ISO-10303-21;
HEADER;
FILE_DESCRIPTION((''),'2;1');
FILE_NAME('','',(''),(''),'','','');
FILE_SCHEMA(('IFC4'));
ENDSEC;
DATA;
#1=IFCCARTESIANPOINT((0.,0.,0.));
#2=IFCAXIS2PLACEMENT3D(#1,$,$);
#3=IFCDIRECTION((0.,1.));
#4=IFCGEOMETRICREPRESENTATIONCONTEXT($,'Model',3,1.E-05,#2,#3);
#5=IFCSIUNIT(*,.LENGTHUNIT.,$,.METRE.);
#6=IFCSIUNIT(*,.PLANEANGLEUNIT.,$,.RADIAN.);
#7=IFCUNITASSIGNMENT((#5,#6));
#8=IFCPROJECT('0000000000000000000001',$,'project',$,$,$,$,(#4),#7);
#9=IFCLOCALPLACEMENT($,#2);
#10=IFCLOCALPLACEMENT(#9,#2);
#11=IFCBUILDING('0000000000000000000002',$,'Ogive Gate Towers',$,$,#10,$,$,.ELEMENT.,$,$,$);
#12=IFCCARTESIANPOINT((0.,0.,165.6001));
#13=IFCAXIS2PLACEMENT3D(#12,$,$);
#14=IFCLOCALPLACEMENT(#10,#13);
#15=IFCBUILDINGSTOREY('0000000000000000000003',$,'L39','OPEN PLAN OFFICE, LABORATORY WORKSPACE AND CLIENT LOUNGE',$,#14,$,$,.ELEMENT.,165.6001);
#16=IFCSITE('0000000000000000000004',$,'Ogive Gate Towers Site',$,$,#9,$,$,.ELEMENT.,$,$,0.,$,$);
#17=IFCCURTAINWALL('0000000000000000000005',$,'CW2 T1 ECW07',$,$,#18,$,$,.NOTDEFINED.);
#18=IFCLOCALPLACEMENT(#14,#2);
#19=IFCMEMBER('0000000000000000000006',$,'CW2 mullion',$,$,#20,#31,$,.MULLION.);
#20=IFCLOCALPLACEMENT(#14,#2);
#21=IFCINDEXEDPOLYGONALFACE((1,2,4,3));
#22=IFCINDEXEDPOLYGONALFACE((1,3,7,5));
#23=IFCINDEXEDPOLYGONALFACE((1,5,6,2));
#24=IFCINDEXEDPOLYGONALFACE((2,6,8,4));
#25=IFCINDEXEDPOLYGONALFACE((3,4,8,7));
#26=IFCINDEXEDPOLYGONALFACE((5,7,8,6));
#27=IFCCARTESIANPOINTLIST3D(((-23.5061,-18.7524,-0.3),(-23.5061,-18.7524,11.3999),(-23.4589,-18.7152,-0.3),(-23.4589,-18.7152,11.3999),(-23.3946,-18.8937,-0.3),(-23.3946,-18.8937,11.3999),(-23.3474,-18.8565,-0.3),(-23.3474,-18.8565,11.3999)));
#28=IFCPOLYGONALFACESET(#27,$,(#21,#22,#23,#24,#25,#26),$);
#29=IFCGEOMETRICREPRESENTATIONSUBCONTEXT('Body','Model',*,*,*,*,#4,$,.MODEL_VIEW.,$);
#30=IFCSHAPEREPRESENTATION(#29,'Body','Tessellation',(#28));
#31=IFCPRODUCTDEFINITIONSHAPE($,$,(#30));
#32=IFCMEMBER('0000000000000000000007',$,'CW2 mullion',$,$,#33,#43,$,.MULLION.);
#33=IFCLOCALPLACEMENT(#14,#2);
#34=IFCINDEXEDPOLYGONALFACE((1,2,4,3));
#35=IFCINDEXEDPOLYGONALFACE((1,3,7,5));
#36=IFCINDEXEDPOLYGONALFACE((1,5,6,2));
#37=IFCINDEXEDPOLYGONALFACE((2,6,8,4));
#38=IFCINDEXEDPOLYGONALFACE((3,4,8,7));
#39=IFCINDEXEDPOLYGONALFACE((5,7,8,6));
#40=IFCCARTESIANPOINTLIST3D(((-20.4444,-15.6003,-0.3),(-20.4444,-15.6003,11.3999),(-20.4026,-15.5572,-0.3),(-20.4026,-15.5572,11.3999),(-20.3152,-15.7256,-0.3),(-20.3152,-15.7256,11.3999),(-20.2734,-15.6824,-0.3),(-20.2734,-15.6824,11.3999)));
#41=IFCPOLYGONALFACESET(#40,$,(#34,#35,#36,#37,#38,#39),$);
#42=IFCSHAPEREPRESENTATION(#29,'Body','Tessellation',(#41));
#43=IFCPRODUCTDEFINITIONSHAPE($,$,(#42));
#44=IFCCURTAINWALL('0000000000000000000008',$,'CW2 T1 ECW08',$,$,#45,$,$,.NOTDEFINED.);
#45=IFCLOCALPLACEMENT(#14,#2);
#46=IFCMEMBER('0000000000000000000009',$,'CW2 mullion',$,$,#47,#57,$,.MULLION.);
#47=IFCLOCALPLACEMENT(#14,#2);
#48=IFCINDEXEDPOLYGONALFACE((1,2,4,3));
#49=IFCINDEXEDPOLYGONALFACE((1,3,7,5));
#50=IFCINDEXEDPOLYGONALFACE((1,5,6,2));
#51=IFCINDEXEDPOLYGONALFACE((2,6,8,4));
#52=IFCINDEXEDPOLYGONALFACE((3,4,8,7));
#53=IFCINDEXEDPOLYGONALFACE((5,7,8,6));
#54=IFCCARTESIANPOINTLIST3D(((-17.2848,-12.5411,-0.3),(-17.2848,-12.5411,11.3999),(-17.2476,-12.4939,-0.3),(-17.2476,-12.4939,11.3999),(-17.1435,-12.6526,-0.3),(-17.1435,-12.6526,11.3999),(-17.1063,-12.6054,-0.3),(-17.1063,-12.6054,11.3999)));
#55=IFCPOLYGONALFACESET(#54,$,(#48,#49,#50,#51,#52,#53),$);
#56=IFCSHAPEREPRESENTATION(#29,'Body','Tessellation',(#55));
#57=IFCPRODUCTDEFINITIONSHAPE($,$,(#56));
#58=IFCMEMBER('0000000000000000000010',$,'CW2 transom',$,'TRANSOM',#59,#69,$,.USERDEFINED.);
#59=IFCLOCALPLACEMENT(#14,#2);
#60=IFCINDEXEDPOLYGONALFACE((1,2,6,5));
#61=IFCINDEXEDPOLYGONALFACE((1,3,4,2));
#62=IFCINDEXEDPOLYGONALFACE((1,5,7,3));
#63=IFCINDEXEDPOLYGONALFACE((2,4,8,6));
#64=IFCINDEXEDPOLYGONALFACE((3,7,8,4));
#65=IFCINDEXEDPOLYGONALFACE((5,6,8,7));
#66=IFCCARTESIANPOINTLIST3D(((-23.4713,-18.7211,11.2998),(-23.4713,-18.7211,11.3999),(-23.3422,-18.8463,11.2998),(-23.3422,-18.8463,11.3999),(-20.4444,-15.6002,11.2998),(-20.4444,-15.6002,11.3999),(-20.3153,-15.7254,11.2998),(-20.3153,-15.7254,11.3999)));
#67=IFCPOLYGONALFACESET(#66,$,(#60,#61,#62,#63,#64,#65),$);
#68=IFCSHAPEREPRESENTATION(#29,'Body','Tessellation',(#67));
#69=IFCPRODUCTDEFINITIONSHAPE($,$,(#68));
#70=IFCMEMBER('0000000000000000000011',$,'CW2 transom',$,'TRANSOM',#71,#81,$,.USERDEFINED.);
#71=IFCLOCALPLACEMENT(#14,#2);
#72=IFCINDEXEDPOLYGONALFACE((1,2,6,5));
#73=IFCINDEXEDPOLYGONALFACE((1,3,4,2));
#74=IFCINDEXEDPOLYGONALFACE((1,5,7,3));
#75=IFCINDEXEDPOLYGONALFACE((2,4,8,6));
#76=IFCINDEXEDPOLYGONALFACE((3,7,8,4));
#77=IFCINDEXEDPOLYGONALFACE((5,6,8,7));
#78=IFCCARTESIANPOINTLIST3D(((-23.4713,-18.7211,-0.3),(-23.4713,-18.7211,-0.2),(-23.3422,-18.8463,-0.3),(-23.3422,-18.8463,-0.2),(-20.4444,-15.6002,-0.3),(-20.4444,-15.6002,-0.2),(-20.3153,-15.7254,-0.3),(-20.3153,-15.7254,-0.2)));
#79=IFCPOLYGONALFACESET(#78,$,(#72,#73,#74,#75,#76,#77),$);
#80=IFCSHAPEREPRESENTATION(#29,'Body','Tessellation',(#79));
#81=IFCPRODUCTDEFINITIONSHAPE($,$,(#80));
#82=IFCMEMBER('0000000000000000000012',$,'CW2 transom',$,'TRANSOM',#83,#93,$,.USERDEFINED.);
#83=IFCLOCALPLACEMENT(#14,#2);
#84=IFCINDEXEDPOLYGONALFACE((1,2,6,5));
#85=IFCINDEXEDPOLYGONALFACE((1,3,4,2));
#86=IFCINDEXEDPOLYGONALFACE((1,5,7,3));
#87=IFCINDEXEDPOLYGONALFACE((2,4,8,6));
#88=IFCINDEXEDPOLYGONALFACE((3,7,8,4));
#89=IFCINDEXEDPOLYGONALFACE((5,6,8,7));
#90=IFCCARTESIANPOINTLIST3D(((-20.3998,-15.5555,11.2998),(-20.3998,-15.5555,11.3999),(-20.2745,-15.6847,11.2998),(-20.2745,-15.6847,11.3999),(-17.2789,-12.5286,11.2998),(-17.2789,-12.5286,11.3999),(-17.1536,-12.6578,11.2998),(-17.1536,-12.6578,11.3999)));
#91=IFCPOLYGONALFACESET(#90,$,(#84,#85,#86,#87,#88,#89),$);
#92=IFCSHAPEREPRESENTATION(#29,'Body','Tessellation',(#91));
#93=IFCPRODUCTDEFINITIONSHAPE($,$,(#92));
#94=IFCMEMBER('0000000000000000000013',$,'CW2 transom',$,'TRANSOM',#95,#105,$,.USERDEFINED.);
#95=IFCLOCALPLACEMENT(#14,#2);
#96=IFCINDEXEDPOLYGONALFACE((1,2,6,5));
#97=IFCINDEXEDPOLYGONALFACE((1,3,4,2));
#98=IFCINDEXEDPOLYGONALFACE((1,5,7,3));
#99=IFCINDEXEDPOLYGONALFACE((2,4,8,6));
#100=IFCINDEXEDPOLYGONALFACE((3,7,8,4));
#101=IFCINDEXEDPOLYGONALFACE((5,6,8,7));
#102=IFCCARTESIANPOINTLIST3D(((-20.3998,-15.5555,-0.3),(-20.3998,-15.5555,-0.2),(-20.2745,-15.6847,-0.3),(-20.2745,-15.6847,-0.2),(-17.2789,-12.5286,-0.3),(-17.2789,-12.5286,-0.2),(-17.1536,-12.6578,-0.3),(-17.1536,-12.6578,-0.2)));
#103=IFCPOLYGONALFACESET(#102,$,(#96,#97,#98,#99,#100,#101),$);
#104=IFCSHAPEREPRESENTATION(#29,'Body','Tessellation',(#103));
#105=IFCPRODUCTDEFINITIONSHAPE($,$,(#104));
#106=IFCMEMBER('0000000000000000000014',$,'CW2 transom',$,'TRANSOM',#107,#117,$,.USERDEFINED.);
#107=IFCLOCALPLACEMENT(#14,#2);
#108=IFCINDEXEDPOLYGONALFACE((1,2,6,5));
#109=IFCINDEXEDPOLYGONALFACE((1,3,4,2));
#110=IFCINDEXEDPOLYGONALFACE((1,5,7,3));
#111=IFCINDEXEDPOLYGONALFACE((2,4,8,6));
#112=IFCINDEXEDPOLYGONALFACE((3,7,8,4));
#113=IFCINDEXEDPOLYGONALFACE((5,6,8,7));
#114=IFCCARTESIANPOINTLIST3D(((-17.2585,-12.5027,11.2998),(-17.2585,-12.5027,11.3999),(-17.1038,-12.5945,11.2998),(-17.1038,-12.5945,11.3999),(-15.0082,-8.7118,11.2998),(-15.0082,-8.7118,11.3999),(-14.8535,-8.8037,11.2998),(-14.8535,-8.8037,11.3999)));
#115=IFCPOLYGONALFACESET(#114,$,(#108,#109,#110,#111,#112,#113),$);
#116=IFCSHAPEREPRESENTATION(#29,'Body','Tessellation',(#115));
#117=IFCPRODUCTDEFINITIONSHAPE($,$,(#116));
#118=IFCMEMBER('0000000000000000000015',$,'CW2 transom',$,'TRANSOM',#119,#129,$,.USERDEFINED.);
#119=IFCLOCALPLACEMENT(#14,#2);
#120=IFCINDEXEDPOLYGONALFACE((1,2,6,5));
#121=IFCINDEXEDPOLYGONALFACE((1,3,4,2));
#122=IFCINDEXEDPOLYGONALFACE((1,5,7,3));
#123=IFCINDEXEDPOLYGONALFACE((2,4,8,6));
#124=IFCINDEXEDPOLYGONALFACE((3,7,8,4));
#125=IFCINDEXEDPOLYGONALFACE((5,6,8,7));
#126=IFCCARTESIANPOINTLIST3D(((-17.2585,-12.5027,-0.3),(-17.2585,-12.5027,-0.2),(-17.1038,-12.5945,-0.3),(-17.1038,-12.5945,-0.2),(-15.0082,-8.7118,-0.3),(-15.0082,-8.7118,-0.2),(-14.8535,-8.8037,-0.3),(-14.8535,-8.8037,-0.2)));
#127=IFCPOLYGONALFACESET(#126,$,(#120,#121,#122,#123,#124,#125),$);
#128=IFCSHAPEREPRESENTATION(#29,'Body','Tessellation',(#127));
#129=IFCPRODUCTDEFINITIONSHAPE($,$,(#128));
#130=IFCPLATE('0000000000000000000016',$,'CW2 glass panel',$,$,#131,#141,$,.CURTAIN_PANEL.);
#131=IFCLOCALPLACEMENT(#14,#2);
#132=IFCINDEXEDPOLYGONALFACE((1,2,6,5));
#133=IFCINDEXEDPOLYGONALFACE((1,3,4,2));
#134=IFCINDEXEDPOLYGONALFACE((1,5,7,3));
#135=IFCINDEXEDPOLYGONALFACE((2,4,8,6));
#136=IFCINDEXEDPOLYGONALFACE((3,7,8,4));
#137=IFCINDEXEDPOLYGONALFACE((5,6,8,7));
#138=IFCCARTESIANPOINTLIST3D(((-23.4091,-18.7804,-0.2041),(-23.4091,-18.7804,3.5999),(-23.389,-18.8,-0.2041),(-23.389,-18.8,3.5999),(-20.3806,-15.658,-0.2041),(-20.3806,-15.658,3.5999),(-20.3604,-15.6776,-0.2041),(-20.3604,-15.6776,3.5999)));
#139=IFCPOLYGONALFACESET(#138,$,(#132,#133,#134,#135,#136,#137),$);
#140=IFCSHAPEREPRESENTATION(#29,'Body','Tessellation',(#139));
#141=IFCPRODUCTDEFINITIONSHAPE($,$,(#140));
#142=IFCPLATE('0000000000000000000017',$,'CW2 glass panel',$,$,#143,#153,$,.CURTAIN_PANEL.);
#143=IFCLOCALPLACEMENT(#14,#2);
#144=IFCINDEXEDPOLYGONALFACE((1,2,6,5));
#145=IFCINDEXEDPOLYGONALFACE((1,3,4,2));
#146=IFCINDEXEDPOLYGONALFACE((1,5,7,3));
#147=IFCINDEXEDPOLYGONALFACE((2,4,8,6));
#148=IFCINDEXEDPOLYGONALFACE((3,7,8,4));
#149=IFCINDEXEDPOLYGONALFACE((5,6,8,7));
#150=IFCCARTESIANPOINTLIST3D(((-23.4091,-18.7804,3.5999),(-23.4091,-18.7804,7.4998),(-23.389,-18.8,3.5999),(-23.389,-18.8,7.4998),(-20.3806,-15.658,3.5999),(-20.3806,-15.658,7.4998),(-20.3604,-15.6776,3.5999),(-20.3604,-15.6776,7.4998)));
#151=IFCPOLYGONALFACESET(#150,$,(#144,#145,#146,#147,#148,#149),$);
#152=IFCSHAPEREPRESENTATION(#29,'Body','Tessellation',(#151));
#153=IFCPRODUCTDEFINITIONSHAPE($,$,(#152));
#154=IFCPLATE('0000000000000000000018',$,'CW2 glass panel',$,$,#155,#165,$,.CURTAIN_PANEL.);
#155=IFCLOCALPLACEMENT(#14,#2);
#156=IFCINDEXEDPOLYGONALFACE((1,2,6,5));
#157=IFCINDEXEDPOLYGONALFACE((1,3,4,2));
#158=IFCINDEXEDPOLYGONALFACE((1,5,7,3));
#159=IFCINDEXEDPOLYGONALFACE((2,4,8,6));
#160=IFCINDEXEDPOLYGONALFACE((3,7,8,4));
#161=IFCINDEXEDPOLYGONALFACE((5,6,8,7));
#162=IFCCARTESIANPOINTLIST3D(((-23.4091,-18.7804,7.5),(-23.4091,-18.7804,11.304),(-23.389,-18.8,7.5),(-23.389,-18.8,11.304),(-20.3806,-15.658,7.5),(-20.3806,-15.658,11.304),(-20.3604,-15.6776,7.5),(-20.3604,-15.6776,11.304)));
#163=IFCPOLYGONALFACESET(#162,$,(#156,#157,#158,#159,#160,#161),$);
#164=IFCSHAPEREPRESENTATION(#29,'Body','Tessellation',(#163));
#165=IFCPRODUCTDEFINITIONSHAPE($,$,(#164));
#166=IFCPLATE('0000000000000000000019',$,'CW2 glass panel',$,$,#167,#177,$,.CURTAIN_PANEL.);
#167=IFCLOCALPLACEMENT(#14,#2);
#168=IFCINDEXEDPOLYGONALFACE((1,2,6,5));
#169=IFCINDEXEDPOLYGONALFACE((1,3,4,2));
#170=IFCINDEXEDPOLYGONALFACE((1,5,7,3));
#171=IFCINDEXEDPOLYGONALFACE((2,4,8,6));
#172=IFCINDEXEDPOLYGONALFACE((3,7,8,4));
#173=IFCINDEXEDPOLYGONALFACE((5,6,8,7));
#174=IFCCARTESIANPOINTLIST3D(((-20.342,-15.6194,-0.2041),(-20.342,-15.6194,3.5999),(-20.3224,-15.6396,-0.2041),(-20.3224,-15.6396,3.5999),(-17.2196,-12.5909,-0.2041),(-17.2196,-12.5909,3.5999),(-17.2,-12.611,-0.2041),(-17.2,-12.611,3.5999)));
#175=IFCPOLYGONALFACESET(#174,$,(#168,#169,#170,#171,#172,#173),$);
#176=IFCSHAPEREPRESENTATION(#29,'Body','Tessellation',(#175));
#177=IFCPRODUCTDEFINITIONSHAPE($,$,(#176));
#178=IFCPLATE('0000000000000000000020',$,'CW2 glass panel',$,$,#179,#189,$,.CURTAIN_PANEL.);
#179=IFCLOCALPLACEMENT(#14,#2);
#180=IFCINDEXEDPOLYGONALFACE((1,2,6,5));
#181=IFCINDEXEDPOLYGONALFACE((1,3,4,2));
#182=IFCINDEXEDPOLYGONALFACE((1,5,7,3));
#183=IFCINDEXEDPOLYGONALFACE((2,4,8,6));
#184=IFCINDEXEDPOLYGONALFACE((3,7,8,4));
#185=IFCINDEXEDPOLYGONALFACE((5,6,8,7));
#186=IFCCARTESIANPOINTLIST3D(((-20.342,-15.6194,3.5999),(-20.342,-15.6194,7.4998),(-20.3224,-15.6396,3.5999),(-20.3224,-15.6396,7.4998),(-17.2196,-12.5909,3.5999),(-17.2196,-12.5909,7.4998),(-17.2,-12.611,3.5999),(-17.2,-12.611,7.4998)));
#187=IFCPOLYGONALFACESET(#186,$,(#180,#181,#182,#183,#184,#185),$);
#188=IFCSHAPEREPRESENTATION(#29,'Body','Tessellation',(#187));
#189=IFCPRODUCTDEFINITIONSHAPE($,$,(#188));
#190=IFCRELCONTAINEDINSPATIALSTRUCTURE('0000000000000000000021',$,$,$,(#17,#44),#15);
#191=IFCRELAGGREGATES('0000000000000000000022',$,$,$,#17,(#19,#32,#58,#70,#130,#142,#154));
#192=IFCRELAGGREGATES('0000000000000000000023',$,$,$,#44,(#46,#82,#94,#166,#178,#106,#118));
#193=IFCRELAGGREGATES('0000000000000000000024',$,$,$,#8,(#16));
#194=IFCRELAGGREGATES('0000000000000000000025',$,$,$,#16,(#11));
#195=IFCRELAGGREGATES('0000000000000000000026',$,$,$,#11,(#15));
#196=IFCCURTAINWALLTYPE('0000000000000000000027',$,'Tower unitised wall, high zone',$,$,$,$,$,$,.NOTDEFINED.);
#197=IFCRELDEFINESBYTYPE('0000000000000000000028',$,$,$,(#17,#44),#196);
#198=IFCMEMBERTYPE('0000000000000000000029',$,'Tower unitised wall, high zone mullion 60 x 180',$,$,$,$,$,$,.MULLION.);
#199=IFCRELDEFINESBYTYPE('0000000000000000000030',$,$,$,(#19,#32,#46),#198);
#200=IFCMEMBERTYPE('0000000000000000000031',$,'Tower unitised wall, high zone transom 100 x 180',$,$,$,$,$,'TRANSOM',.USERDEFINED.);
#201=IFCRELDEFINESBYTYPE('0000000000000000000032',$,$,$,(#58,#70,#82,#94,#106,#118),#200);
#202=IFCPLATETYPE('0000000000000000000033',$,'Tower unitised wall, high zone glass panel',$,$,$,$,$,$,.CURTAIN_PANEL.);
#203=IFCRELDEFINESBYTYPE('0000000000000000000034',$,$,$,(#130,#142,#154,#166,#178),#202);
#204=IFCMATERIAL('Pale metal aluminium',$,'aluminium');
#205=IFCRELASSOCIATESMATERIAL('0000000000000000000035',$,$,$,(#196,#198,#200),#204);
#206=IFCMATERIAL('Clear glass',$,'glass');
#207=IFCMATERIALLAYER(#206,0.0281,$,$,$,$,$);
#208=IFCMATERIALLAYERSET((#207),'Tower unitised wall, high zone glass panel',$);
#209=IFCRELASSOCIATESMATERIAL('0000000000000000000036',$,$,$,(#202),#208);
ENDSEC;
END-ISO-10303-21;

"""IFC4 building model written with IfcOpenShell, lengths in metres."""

from ifc_helpers import new_model, si_unit, direction, frame, origin, origin_2d, place, context, subcontext, project, spatial, rectangle, extrude, material, layer, layer_set, material_profile, profile_set, type_object, element, aggregate, save


model = new_model("IFC4")

# Units and contexts
model_context = context("Model", 3, precision=1e-05, world=origin(), true_north=direction((0.0, 1.0)))
body_context = subcontext(model_context, "Body", "Model", "MODEL_VIEW")
ifc_project = project(units=[si_unit("LENGTHUNIT", "METRE"), si_unit("PLANEANGLEUNIT", "RADIAN")], contexts=[model_context])

# Site, building, storey
site_placement = place(None, origin())
site = spatial("IfcSite", under=ifc_project, at=site_placement, Name="Ogive Gate Towers Site", CompositionType="ELEMENT", RefElevation=0.0)
building_placement = place(site_placement, origin())
building = spatial("IfcBuilding", under=site, at=building_placement, Name="Ogive Gate Towers", CompositionType="ELEMENT")
storey_placement = place(building_placement, frame((0.0, 0.0, 165.6001)))
storey = spatial("IfcBuildingStorey", under=building, at=storey_placement, Name="L39", Description="OPEN PLAN OFFICE, LABORATORY WORKSPACE AND CLIENT LOUNGE", CompositionType="ELEMENT", Elevation=165.6001)

# Curtain wall, members
ifc_material_1 = material(Name="Pale metal aluminium", Category="aluminium")
curtain_wall_type = type_object("IfcCurtainWallType", Name="Tower unitised wall, high zone", PredefinedType="NOTDEFINED", material=ifc_material_1)
curtain_wall_1_placement = place(storey_placement, origin())
curtain_wall_1 = element("IfcCurtainWall", 1, at=curtain_wall_1_placement, inside=storey, type_object=curtain_wall_type, Name="CW2 T1 ECW07", PredefinedType="NOTDEFINED")
ifc_material_profile_1 = material_profile(ifc_material_1, rectangle(XDim=0.1799, YDim=0.0601, at=origin_2d()), Name="60 x 180 aluminium box")
ifc_profile_set_1 = profile_set([ifc_material_profile_1], Name="Pale metal aluminium")
member_type_1 = type_object("IfcMemberType", Name="Tower unitised wall, high zone mullion 60 x 180", PredefinedType="MULLION", material=ifc_profile_set_1)
member_1_placement = place(storey_placement, frame((-23.4268, -18.8044, -0.3), z_axis=(0.0, 0.0, 1.0), x_axis=(0.61956, -0.784949, 0.0)))
member_1 = element("IfcMember", 2, at=member_1_placement, type_object=member_type_1, Name="CW2 mullion", PredefinedType="MULLION", context=body_context, shape_type="SweptSolid", body=[
    extrude(rectangle(XDim=0.1799, YDim=0.0601, at=origin_2d()), origin(), (0.0, 0.0, 1.0), 11.7),
])
member_2_placement = place(storey_placement, frame((-20.3589, -15.6414, -0.3), z_axis=(0.0, 0.0, 1.0), x_axis=(0.71781, -0.696239, 0.0)))
member_2 = element("IfcMember", 3, at=member_2_placement, type_object=member_type_1, Name="CW2 mullion", PredefinedType="MULLION", context=body_context, shape_type="SweptSolid", body=[
    extrude(rectangle(XDim=0.1799, YDim=0.0601, at=origin_2d()), origin(), (0.0, 0.0, 1.0), 11.7),
])

# Curtain wall, member
curtain_wall_2_placement = place(storey_placement, origin())
curtain_wall_2 = element("IfcCurtainWall", 4, at=curtain_wall_2_placement, inside=storey, type_object=curtain_wall_type, Name="CW2 T1 ECW08", PredefinedType="NOTDEFINED")
member_3_placement = place(storey_placement, frame((-17.1956, -12.5732, -0.3), z_axis=(0.0, 0.0, 1.0), x_axis=(0.784949, -0.61956, 0.0)))
member_3 = element("IfcMember", 5, at=member_3_placement, type_object=member_type_1, Name="CW2 mullion", PredefinedType="MULLION", context=body_context, shape_type="SweptSolid", body=[
    extrude(rectangle(XDim=0.1799, YDim=0.0601, at=origin_2d()), origin(), (0.0, 0.0, 1.0), 11.7),
])

# Members
ifc_material_profile_2 = material_profile(ifc_material_1, rectangle(XDim=0.1799, YDim=0.1001, at=origin_2d()), Name="100 x 180 aluminium box")
ifc_profile_set_2 = profile_set([ifc_material_profile_2], Name="Pale metal aluminium")
member_type_2 = type_object("IfcMemberType", Name="Tower unitised wall, high zone transom 100 x 180", ElementType="TRANSOM", PredefinedType="USERDEFINED", material=ifc_profile_set_2)
member_4_placement = place(storey_placement, frame((-23.4067, -18.7837, 11.3499), z_axis=(0.696214, 0.717834, 0.0), x_axis=(-0.717834, 0.696214, 0.0)))
member_4 = element("IfcMember", 6, at=member_4_placement, type_object=member_type_2, Name="CW2 transom", ObjectType="TRANSOM", PredefinedType="USERDEFINED", context=body_context, shape_type="SweptSolid", body=[
    extrude(rectangle(XDim=0.1799, YDim=0.1001, at=origin_2d()), origin(), (0.0, 0.0, 1.0), 4.3477),
])
member_5_placement = place(storey_placement, frame((-23.4067, -18.7837, -0.25), z_axis=(0.696214, 0.717834, 0.0), x_axis=(-0.717834, 0.696214, 0.0)))
member_5 = element("IfcMember", 7, at=member_5_placement, type_object=member_type_2, Name="CW2 transom", ObjectType="TRANSOM", PredefinedType="USERDEFINED", context=body_context, shape_type="SweptSolid", body=[
    extrude(rectangle(XDim=0.1799, YDim=0.1001, at=origin_2d()), origin(), (0.0, 0.0, 1.0), 4.3477),
])
member_6_placement = place(storey_placement, frame((-20.3372, -15.6201, 11.3499), z_axis=(0.717834, 0.696214, 0.0), x_axis=(-0.696214, 0.717834, 0.0)))
member_6 = element("IfcMember", 8, at=member_6_placement, type_object=member_type_2, Name="CW2 transom", ObjectType="TRANSOM", PredefinedType="USERDEFINED", context=body_context, shape_type="SweptSolid", body=[
    extrude(rectangle(XDim=0.1799, YDim=0.1001, at=origin_2d()), origin(), (0.0, 0.0, 1.0), 4.3477),
])
member_7_placement = place(storey_placement, frame((-20.3372, -15.6201, -0.25), z_axis=(0.717834, 0.696214, 0.0), x_axis=(-0.696214, 0.717834, 0.0)))
member_7 = element("IfcMember", 9, at=member_7_placement, type_object=member_type_2, Name="CW2 transom", ObjectType="TRANSOM", PredefinedType="USERDEFINED", context=body_context, shape_type="SweptSolid", body=[
    extrude(rectangle(XDim=0.1799, YDim=0.1001, at=origin_2d()), origin(), (0.0, 0.0, 1.0), 4.3477),
])
member_8_placement = place(storey_placement, frame((-17.1812, -12.5486, 11.3499), z_axis=(0.51045, 0.859907, 0.0), x_axis=(-0.859907, 0.51045, 0.0)))
member_8 = element("IfcMember", 10, at=member_8_placement, type_object=member_type_2, Name="CW2 transom", ObjectType="TRANSOM", PredefinedType="USERDEFINED", context=body_context, shape_type="SweptSolid", body=[
    extrude(rectangle(XDim=0.1799, YDim=0.1001, at=origin_2d()), origin(), (0.0, 0.0, 1.0), 4.4084),
])
member_9_placement = place(storey_placement, frame((-17.1812, -12.5486, -0.25), z_axis=(0.51045, 0.859907, 0.0), x_axis=(-0.859907, 0.51045, 0.0)))
member_9 = element("IfcMember", 11, at=member_9_placement, type_object=member_type_2, Name="CW2 transom", ObjectType="TRANSOM", PredefinedType="USERDEFINED", context=body_context, shape_type="SweptSolid", body=[
    extrude(rectangle(XDim=0.1799, YDim=0.1001, at=origin_2d()), origin(), (0.0, 0.0, 1.0), 4.4084),
])

# Plates
ifc_material_2 = material(Name="Clear glass", Category="glass")
ifc_layer_1 = layer(ifc_material_2, 0.0281)
ifc_layer_set_1 = layer_set([ifc_layer_1], Name="Tower unitised wall, high zone glass panel")
plate_type = type_object("IfcPlateType", Name="Tower unitised wall, high zone glass panel", PredefinedType="CURTAIN_PANEL", material=ifc_layer_set_1)
plate_1_placement = place(storey_placement, frame((-21.8848, -17.229, -0.2041), z_axis=(0.0, 0.0, 1.0), x_axis=(0.696239, 0.71781, 0.0)))
plate_1 = element("IfcPlate", 12, at=plate_1_placement, type_object=plate_type, Name="CW2 glass panel", PredefinedType="CURTAIN_PANEL", context=body_context, shape_type="SweptSolid", body=[
    extrude(rectangle(XDim=4.3499, YDim=0.0281, at=origin_2d()), origin(), (0.0, 0.0, 1.0), 3.804),
])
plate_2_placement = place(storey_placement, frame((-21.8848, -17.229, 3.5999), z_axis=(0.0, 0.0, 1.0), x_axis=(0.696239, 0.71781, 0.0)))
plate_2 = element("IfcPlate", 13, at=plate_2_placement, type_object=plate_type, Name="CW2 glass panel", PredefinedType="CURTAIN_PANEL", context=body_context, shape_type="SweptSolid", body=[
    extrude(rectangle(XDim=4.3499, YDim=0.0281, at=origin_2d()), origin(), (0.0, 0.0, 1.0), 3.8999),
])
plate_3_placement = place(storey_placement, frame((-21.8848, -17.229, 7.5), z_axis=(0.0, 0.0, 1.0), x_axis=(0.696239, 0.71781, 0.0)))
plate_3 = element("IfcPlate", 14, at=plate_3_placement, type_object=plate_type, Name="CW2 glass panel", PredefinedType="CURTAIN_PANEL", context=body_context, shape_type="SweptSolid", body=[
    extrude(rectangle(XDim=4.3499, YDim=0.0281, at=origin_2d()), origin(), (0.0, 0.0, 1.0), 3.804),
])
aggregate(curtain_wall_1, [member_1, member_2, member_4, member_5, plate_1, plate_2, plate_3])
plate_4_placement = place(storey_placement, frame((-18.771, -14.1152, -0.2041), z_axis=(0.0, 0.0, 1.0), x_axis=(0.71781, 0.696239, 0.0)))
plate_4 = element("IfcPlate", 15, at=plate_4_placement, type_object=plate_type, Name="CW2 glass panel", PredefinedType="CURTAIN_PANEL", context=body_context, shape_type="SweptSolid", body=[
    extrude(rectangle(XDim=4.3499, YDim=0.0281, at=origin_2d()), origin(), (0.0, 0.0, 1.0), 3.804),
])
plate_5_placement = place(storey_placement, frame((-18.771, -14.1152, 3.5999), z_axis=(0.0, 0.0, 1.0), x_axis=(0.71781, 0.696239, 0.0)))
plate_5 = element("IfcPlate", 16, at=plate_5_placement, type_object=plate_type, Name="CW2 glass panel", PredefinedType="CURTAIN_PANEL", context=body_context, shape_type="SweptSolid", body=[
    extrude(rectangle(XDim=4.3499, YDim=0.0281, at=origin_2d()), origin(), (0.0, 0.0, 1.0), 3.8999),
])
aggregate(curtain_wall_2, [member_3, member_6, member_7, plate_4, plate_5, member_8, member_9])

save(model, "model.ifc")
